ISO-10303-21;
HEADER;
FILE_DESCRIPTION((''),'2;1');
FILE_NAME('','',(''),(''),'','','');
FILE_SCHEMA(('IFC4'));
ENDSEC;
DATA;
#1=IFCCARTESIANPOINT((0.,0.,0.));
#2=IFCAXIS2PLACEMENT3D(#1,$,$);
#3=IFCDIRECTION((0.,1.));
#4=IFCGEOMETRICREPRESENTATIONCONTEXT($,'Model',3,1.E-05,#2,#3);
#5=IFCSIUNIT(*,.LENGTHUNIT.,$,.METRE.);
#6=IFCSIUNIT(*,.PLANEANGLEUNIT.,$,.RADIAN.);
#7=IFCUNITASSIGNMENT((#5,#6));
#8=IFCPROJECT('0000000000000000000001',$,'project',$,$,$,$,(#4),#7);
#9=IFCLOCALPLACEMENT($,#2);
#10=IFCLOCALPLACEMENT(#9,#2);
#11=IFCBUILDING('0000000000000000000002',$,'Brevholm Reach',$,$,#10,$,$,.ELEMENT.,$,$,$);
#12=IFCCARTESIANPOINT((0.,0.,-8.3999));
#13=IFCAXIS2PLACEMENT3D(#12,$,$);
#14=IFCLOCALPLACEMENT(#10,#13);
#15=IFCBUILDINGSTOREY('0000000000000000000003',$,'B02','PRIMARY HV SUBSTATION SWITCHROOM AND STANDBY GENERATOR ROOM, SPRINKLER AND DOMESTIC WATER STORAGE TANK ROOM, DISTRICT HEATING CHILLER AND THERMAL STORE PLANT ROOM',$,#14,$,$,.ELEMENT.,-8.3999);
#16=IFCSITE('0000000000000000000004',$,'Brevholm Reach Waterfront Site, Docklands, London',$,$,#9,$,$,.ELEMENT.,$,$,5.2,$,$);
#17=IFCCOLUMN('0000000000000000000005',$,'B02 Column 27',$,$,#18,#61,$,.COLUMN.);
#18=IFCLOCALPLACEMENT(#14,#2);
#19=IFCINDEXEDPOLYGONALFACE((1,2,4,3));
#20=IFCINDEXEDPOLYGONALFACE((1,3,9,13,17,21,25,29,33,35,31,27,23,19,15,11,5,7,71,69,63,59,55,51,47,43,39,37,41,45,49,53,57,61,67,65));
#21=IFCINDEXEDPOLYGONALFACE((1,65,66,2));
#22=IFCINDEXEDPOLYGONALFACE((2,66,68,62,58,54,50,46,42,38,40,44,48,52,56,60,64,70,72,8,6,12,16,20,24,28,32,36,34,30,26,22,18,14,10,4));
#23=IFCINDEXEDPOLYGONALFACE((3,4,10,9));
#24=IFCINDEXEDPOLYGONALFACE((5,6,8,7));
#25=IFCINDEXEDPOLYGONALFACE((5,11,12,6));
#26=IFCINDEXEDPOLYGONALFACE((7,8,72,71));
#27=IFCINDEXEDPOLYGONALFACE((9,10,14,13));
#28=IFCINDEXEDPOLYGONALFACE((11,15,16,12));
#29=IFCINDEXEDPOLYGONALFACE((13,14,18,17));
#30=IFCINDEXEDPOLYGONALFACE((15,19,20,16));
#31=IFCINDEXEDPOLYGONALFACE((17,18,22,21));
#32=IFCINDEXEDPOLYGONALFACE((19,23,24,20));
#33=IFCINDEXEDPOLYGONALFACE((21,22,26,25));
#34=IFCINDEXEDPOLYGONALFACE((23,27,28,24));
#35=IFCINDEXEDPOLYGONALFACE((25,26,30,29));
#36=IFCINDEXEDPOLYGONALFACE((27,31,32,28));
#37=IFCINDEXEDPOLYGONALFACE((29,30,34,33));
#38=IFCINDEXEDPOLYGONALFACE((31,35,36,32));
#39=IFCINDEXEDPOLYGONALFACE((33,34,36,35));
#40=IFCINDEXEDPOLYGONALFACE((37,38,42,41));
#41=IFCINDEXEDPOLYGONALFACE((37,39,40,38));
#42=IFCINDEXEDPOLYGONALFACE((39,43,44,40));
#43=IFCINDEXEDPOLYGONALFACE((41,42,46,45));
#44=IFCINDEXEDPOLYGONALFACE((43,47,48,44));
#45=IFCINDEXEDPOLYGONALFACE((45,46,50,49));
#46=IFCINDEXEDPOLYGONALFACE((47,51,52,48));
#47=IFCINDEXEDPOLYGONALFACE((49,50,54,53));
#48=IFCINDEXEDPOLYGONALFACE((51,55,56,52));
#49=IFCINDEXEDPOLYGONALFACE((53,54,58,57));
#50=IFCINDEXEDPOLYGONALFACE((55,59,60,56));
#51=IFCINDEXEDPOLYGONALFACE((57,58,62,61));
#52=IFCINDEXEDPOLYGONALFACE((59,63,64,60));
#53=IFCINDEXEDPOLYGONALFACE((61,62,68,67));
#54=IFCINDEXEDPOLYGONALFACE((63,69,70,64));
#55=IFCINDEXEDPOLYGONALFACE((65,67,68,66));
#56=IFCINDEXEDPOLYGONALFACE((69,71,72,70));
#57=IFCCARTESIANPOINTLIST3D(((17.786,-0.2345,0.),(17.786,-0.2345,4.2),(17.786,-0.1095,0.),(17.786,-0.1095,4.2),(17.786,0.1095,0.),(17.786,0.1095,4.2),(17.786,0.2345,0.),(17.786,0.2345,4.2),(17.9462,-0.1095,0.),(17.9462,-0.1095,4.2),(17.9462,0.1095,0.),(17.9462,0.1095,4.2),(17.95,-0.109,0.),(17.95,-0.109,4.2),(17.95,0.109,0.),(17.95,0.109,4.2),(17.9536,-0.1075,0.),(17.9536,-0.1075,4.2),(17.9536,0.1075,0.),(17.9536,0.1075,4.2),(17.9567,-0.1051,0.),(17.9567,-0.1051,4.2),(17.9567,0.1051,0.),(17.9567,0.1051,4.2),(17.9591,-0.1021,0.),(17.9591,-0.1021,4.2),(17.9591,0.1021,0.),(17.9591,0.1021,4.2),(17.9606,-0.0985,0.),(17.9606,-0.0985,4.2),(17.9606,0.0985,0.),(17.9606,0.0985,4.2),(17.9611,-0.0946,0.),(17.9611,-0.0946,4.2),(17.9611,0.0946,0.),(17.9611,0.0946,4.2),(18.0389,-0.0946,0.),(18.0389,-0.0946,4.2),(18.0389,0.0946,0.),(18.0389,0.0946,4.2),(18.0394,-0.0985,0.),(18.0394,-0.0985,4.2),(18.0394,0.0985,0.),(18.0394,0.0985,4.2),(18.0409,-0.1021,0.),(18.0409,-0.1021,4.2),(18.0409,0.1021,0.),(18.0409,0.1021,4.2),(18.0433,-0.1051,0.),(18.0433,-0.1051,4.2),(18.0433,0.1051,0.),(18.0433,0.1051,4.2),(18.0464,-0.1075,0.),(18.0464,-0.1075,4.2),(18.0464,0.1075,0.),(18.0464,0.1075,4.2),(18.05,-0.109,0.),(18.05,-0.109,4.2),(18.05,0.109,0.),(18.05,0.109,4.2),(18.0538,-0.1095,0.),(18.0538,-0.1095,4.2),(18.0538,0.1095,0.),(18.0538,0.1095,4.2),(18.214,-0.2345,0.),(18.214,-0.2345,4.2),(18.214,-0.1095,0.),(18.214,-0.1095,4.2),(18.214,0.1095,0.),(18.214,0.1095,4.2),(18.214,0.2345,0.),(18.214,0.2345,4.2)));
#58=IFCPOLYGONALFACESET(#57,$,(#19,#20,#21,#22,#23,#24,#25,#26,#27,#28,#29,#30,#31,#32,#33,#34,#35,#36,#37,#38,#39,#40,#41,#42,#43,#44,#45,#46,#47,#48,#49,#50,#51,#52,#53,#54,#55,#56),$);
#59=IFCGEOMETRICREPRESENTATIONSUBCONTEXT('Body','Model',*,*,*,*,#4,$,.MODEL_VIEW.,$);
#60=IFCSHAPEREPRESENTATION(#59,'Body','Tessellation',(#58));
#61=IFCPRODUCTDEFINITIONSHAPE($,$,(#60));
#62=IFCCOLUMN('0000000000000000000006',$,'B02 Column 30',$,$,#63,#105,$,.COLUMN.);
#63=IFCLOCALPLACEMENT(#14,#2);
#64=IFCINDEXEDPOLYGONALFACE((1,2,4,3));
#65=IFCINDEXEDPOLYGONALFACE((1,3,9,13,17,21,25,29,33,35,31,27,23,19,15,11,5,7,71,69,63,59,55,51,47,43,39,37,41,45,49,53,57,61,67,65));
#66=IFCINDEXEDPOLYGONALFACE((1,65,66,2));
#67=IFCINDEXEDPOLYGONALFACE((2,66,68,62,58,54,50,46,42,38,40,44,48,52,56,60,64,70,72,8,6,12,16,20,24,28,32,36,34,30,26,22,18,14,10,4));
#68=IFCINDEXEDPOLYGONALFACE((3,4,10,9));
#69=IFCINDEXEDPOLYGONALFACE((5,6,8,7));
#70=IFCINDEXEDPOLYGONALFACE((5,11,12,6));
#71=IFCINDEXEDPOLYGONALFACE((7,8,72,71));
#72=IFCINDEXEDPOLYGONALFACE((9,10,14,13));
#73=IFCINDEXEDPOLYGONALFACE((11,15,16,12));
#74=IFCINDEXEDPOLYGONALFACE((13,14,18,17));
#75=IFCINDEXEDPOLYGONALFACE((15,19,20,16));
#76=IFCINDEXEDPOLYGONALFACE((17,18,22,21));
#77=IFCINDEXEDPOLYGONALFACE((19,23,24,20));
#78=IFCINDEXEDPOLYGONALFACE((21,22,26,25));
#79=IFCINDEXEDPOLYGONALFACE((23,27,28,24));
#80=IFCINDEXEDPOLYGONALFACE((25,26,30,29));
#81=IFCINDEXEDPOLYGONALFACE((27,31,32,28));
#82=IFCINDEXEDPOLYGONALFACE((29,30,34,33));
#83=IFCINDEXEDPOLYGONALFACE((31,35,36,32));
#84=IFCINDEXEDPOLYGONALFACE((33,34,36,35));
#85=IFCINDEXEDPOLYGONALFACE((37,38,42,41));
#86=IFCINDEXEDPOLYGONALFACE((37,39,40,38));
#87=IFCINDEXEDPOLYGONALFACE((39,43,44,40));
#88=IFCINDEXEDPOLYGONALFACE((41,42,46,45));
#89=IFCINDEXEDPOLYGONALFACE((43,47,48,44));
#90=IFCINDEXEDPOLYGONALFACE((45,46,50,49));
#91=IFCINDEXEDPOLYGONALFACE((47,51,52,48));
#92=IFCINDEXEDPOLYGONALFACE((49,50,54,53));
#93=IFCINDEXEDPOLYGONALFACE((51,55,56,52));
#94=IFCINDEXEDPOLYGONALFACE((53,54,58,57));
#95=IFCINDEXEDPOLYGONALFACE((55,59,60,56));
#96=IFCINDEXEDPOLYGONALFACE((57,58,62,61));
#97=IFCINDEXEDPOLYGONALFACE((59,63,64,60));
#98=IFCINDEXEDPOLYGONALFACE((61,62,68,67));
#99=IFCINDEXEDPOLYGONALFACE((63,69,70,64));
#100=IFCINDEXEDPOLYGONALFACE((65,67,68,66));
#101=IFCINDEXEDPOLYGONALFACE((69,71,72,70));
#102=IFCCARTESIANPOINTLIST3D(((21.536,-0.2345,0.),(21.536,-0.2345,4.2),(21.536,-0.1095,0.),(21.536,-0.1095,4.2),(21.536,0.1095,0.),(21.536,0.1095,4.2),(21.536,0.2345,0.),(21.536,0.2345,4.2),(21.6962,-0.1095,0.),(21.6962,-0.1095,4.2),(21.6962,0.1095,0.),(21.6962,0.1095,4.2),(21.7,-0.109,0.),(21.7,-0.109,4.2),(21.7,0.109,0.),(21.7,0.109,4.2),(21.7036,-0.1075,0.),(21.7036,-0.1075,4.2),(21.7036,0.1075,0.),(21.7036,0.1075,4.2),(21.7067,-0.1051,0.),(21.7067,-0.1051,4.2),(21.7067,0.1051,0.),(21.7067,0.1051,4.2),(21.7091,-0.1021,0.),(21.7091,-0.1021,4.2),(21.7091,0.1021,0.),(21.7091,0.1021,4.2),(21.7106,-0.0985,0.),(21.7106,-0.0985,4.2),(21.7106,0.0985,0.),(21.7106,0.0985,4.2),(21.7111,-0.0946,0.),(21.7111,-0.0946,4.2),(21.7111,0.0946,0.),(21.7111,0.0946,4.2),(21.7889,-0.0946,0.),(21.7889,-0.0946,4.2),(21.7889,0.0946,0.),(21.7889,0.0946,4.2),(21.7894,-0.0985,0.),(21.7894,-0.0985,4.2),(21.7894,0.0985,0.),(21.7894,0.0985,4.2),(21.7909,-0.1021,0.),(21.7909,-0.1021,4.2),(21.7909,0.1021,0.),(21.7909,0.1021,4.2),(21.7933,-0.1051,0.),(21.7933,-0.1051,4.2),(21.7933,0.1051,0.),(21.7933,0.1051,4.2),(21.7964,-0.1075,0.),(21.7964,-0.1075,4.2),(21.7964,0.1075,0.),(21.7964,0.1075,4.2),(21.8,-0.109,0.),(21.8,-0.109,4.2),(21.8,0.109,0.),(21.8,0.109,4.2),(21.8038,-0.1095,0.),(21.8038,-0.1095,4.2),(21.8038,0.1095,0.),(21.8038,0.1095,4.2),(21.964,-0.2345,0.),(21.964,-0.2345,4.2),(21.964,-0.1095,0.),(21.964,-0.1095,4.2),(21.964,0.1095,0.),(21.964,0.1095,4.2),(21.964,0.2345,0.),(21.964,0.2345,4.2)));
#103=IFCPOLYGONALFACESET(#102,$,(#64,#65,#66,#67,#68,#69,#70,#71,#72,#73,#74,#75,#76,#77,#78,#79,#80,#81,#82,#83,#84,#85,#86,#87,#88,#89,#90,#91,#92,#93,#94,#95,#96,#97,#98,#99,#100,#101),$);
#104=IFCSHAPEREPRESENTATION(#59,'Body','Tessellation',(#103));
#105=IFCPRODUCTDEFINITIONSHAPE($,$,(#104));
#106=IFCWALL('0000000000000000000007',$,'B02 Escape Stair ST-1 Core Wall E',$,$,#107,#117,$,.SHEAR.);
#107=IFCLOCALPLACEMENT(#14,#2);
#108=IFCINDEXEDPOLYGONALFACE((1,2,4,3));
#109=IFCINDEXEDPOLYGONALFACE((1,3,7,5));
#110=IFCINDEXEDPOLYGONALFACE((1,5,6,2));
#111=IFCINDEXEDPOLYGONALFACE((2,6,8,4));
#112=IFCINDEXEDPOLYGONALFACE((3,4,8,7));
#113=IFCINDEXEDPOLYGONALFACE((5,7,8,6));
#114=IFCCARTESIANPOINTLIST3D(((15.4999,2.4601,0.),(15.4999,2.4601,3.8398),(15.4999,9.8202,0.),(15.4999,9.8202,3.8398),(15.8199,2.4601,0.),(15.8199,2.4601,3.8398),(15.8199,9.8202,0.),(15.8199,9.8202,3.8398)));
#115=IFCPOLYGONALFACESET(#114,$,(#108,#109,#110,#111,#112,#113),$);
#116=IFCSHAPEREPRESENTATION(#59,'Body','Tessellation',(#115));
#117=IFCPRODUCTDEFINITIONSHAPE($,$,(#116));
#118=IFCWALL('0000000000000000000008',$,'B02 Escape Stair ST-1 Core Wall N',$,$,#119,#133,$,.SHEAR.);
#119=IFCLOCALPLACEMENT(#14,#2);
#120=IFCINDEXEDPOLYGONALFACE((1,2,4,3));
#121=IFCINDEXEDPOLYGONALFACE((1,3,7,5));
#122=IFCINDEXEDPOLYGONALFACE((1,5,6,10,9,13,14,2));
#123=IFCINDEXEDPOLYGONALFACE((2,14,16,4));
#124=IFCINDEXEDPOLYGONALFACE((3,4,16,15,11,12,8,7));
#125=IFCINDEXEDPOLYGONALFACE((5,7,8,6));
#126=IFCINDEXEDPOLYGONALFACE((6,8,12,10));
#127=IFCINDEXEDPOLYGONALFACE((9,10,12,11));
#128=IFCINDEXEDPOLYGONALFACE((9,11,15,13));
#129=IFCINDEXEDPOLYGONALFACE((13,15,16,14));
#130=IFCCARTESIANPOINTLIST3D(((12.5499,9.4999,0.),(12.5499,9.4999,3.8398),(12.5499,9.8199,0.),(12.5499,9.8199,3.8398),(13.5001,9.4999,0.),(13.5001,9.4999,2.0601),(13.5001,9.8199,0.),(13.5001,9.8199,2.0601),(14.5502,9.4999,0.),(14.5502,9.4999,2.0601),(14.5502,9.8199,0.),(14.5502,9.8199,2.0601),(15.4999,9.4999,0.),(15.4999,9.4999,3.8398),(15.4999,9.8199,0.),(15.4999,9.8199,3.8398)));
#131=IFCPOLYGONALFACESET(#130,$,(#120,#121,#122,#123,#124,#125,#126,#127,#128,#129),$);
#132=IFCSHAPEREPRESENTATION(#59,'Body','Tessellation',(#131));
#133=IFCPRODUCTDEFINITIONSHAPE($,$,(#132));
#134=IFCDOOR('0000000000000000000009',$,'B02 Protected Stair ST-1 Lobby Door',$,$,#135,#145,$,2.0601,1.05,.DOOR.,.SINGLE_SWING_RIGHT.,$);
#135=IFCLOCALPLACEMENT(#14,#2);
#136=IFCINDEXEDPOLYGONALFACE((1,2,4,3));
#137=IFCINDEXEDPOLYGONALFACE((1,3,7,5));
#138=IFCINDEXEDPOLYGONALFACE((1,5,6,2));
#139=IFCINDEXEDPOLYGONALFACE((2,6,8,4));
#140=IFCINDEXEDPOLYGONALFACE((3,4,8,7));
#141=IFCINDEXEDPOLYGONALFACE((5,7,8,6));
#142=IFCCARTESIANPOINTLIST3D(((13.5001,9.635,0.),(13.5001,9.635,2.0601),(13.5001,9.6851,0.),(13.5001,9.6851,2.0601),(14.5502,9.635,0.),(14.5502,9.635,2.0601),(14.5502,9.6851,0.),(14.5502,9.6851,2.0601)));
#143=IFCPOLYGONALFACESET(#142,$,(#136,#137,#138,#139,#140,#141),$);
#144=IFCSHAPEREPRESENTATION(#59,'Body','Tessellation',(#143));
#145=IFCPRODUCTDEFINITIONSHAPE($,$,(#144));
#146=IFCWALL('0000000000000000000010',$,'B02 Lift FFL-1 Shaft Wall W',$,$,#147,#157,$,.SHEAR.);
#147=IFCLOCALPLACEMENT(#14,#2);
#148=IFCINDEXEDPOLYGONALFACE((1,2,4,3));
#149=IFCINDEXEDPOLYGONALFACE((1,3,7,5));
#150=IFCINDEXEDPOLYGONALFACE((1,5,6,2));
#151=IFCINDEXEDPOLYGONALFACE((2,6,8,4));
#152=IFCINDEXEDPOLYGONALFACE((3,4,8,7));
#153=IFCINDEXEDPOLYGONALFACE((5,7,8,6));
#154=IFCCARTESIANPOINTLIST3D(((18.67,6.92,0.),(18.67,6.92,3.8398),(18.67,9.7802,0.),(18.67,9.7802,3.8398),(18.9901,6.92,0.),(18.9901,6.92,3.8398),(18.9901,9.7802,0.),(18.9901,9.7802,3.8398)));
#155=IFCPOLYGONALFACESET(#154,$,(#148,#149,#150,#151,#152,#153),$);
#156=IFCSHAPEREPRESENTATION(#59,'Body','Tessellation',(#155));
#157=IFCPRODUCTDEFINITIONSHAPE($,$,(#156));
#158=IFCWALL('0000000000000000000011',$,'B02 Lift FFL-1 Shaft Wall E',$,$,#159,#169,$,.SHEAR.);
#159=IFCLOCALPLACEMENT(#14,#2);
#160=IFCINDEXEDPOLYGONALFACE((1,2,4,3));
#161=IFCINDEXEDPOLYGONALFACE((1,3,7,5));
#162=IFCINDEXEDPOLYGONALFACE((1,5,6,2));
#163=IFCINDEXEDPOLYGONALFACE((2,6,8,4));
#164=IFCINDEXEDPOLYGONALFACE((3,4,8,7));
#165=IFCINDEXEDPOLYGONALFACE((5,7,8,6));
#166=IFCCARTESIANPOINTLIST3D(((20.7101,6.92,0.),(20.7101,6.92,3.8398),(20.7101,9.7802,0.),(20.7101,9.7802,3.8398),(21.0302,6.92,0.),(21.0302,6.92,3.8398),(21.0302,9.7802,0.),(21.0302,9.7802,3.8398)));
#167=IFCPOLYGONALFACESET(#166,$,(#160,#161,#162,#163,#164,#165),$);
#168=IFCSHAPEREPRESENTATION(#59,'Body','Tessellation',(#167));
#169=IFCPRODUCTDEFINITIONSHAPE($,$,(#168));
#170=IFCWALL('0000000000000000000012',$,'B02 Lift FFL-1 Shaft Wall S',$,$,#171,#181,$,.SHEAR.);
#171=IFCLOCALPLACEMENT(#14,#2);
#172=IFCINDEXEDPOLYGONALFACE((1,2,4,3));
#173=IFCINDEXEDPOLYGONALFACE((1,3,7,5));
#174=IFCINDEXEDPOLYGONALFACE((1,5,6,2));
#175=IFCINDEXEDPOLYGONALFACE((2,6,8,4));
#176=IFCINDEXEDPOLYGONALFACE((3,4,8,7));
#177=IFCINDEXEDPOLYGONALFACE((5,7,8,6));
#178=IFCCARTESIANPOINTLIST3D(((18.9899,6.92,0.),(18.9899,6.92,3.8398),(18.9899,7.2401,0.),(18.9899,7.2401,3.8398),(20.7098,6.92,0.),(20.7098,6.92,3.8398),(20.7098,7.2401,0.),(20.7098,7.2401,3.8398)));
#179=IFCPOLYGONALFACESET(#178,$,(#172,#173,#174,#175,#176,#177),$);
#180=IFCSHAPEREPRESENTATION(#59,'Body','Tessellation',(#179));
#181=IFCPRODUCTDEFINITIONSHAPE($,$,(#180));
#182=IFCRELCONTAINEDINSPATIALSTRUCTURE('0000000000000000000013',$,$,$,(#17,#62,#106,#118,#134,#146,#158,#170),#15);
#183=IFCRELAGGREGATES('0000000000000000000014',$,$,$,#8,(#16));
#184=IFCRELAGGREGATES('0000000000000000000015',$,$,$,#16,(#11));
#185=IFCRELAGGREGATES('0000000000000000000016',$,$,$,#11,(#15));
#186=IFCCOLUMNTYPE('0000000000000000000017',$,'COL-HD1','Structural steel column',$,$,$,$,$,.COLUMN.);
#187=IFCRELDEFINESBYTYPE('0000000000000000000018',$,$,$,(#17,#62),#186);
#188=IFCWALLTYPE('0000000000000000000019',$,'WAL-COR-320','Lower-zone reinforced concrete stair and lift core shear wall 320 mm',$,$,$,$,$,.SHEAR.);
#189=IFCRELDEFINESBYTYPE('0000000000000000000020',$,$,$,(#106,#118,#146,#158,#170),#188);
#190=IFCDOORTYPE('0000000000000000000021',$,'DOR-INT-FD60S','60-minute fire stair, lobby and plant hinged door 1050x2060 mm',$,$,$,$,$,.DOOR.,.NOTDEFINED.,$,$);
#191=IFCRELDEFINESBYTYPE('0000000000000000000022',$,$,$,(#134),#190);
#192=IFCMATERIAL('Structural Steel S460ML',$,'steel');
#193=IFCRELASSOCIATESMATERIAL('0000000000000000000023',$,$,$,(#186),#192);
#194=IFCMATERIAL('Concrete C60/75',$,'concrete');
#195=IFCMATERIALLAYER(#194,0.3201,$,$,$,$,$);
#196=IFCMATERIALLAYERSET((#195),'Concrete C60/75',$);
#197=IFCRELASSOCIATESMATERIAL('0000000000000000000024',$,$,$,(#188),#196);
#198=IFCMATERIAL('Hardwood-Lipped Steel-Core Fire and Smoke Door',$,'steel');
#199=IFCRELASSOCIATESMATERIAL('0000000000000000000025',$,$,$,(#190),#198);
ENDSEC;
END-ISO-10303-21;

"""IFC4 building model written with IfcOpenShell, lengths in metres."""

from ifc_helpers import new_model, si_unit, direction, frame, frame_2d, origin, origin_2d, place, context, subcontext, project, spatial, rectangle, i_section, extrude, material, layer, layer_set, material_profile, profile_set, type_object, element, fill, save


model = new_model("IFC4")

# Units and contexts
model_context = context("Model", 3, precision=1e-05, world=origin(), true_north=direction((0.0, 1.0)))
body_context = subcontext(model_context, "Body", "Model", "MODEL_VIEW")
ifc_project = project(units=[si_unit("LENGTHUNIT", "METRE"), si_unit("PLANEANGLEUNIT", "RADIAN")], contexts=[model_context])

# Site, building, storey
site_placement = place(None, origin())
site = spatial("IfcSite", under=ifc_project, at=site_placement, Name="Brevholm Reach Waterfront Site, Docklands, London", CompositionType="ELEMENT", RefElevation=5.2)
building_placement = place(site_placement, origin())
building = spatial("IfcBuilding", under=site, at=building_placement, Name="Brevholm Reach", CompositionType="ELEMENT")
storey_placement = place(building_placement, frame((0.0, 0.0, -8.3999)))
storey = spatial("IfcBuildingStorey", under=building, at=storey_placement, Name="B02", Description="PRIMARY HV SUBSTATION SWITCHROOM AND STANDBY GENERATOR ROOM, SPRINKLER AND DOMESTIC WATER STORAGE TANK ROOM, DISTRICT HEATING CHILLER AND THERMAL STORE PLANT ROOM", CompositionType="ELEMENT", Elevation=-8.3999)

# Columns
ifc_material_1 = material(Name="Structural Steel S460ML", Category="steel")
ifc_material_profile_1 = material_profile(ifc_material_1, i_section(OverallWidth=0.428, OverallDepth=0.469, WebThickness=0.0779, FlangeThickness=0.125, FilletRadius=0.0149, at=origin_2d()), Name="HD 400x1086")
ifc_profile_set_1 = profile_set([ifc_material_profile_1], Name="Structural Steel S460ML")
column_type = type_object("IfcColumnType", Name="COL-HD1", Description="Structural steel column", PredefinedType="COLUMN", material=ifc_profile_set_1)
for number, where, z_axis, x_axis, name in (
    (1, (18.0, 0.0, 0.0), (0.0, 0.0, 1.0), (1.0, 0.0, 0.0), "B02 Column 27"),
    (2, (21.75, 0.0, 0.0), (0.0, 0.0, 1.0), (1.0, 0.0, 0.0), "B02 Column 30"),
):
    element("IfcColumn", number, at=place(storey_placement, frame(where, z_axis=z_axis, x_axis=x_axis)), inside=storey, type_object=column_type, Name=name, PredefinedType="COLUMN", context=body_context, shape_type="SweptSolid", body=[
        extrude(i_section(OverallWidth=0.428, OverallDepth=0.469, WebThickness=0.0779, FlangeThickness=0.125, FilletRadius=0.0149, at=origin_2d()), origin(), (0.0, 0.0, 1.0), 4.2),
    ])

# Wall
ifc_material_2 = material(Name="Concrete C60/75", Category="concrete")
ifc_layer_1 = layer(ifc_material_2, 0.3201)
ifc_layer_set_1 = layer_set([ifc_layer_1], Name="Concrete C60/75")
wall_type_1 = type_object("IfcWallType", Name="WAL-COR-320", Description="Lower-zone reinforced concrete stair and lift core shear wall 320 mm", PredefinedType="SHEAR", material=ifc_layer_set_1)
wall_1_placement = place(storey_placement, frame((15.6599, 2.46, 0.0), z_axis=(0.0, 0.0, 1.0), x_axis=(0.0, 1.0, 0.0)))
element("IfcWall", 3, at=wall_1_placement, inside=storey, type_object=wall_type_1, Name="B02 Escape Stair ST-1 Core Wall E", PredefinedType="SHEAR", context=body_context, shape_type="SweptSolid", body=[
    extrude(rectangle(XDim=7.3601, YDim=0.3201, at=frame_2d((3.6802, 0.0))), origin(), (0.0, 0.0, 1.0), 3.8398),
])

# Wall, opening, door
wall_2_placement = place(storey_placement, frame((15.5, 9.6599, 0.0), z_axis=(0.0, 0.0, 1.0), x_axis=(-1.0, 0.0, 0.0)))
wall_2 = element("IfcWall", 4, at=wall_2_placement, inside=storey, type_object=wall_type_1, Name="B02 Escape Stair ST-1 Core Wall N", PredefinedType="SHEAR", context=body_context, shape_type="SweptSolid", body=[
    extrude(rectangle(XDim=2.95, YDim=0.3201, at=frame_2d((1.4751, 0.0))), origin(), (0.0, 0.0, 1.0), 3.8398),
])
opening_1_placement = place(wall_2_placement, frame((0.95, 0.0, 0.0)))
opening_1 = element("IfcOpeningElement", 5, at=opening_1_placement, cuts=wall_2, PredefinedType="OPENING", context=body_context, shape_type="SweptSolid", body=[
    extrude(rectangle(XDim=1.05, YDim=2.0601, at=frame_2d((0.5249, 1.03))), frame((0.0, 0.1699, 0.0), z_axis=(0.0, -1.0, 0.0), x_axis=(1.0, 0.0, 0.0)), (0.0, 0.0, 1.0), 0.3401),
])
ifc_material_3 = material(Name="Hardwood-Lipped Steel-Core Fire and Smoke Door", Category="steel")
door_type_1 = type_object("IfcDoorType", Name="DOR-INT-FD60S", Description="60-minute fire stair, lobby and plant hinged door 1050x2060 mm", OperationType="NOTDEFINED", PredefinedType="DOOR", material=ifc_material_3)
door_1_placement = place(opening_1_placement, origin())
door_1 = element("IfcDoor", 6, at=door_1_placement, inside=storey, type_object=door_type_1, Name="B02 Protected Stair ST-1 Lobby Door", OperationType="SINGLE_SWING_RIGHT", OverallHeight=2.0601, OverallWidth=1.05, PredefinedType="DOOR", context=body_context, shape_type="SweptSolid", body=[
    extrude(rectangle(XDim=1.05, YDim=2.0601, at=frame_2d((0.5249, 1.03))), frame((0.0, 0.0249, 0.0), z_axis=(0.0, -1.0, 0.0), x_axis=(1.0, 0.0, 0.0)), (0.0, 0.0, 1.0), 0.05),
])
fill(opening_1, door_1)

# Walls
for number, where, z_axis, x_axis, name in (
    (7, (18.8301, 6.9199, 0.0), (0.0, 0.0, 1.0), (0.0, 1.0, 0.0), "B02 Lift FFL-1 Shaft Wall W"),
    (8, (20.8701, 6.9199, 0.0), (0.0, 0.0, 1.0), (0.0, 1.0, 0.0), "B02 Lift FFL-1 Shaft Wall E"),
):
    element("IfcWall", number, at=place(storey_placement, frame(where, z_axis=z_axis, x_axis=x_axis)), inside=storey, type_object=wall_type_1, Name=name, PredefinedType="SHEAR", context=body_context, shape_type="SweptSolid", body=[
        extrude(rectangle(XDim=2.8601, YDim=0.3201, at=frame_2d((1.4302, 0.0))), origin(), (0.0, 0.0, 1.0), 3.8398),
    ])
wall_3_placement = place(storey_placement, frame((18.99, 7.0801, 0.0), z_axis=(0.0, 0.0, 1.0), x_axis=(1.0, 0.0, 0.0)))
element("IfcWall", 9, at=wall_3_placement, inside=storey, type_object=wall_type_1, Name="B02 Lift FFL-1 Shaft Wall S", PredefinedType="SHEAR", context=body_context, shape_type="SweptSolid", body=[
    extrude(rectangle(XDim=1.72, YDim=0.3201, at=frame_2d((0.8599, 0.0))), origin(), (0.0, 0.0, 1.0), 3.8398),
])

save(model, "model.ifc")
